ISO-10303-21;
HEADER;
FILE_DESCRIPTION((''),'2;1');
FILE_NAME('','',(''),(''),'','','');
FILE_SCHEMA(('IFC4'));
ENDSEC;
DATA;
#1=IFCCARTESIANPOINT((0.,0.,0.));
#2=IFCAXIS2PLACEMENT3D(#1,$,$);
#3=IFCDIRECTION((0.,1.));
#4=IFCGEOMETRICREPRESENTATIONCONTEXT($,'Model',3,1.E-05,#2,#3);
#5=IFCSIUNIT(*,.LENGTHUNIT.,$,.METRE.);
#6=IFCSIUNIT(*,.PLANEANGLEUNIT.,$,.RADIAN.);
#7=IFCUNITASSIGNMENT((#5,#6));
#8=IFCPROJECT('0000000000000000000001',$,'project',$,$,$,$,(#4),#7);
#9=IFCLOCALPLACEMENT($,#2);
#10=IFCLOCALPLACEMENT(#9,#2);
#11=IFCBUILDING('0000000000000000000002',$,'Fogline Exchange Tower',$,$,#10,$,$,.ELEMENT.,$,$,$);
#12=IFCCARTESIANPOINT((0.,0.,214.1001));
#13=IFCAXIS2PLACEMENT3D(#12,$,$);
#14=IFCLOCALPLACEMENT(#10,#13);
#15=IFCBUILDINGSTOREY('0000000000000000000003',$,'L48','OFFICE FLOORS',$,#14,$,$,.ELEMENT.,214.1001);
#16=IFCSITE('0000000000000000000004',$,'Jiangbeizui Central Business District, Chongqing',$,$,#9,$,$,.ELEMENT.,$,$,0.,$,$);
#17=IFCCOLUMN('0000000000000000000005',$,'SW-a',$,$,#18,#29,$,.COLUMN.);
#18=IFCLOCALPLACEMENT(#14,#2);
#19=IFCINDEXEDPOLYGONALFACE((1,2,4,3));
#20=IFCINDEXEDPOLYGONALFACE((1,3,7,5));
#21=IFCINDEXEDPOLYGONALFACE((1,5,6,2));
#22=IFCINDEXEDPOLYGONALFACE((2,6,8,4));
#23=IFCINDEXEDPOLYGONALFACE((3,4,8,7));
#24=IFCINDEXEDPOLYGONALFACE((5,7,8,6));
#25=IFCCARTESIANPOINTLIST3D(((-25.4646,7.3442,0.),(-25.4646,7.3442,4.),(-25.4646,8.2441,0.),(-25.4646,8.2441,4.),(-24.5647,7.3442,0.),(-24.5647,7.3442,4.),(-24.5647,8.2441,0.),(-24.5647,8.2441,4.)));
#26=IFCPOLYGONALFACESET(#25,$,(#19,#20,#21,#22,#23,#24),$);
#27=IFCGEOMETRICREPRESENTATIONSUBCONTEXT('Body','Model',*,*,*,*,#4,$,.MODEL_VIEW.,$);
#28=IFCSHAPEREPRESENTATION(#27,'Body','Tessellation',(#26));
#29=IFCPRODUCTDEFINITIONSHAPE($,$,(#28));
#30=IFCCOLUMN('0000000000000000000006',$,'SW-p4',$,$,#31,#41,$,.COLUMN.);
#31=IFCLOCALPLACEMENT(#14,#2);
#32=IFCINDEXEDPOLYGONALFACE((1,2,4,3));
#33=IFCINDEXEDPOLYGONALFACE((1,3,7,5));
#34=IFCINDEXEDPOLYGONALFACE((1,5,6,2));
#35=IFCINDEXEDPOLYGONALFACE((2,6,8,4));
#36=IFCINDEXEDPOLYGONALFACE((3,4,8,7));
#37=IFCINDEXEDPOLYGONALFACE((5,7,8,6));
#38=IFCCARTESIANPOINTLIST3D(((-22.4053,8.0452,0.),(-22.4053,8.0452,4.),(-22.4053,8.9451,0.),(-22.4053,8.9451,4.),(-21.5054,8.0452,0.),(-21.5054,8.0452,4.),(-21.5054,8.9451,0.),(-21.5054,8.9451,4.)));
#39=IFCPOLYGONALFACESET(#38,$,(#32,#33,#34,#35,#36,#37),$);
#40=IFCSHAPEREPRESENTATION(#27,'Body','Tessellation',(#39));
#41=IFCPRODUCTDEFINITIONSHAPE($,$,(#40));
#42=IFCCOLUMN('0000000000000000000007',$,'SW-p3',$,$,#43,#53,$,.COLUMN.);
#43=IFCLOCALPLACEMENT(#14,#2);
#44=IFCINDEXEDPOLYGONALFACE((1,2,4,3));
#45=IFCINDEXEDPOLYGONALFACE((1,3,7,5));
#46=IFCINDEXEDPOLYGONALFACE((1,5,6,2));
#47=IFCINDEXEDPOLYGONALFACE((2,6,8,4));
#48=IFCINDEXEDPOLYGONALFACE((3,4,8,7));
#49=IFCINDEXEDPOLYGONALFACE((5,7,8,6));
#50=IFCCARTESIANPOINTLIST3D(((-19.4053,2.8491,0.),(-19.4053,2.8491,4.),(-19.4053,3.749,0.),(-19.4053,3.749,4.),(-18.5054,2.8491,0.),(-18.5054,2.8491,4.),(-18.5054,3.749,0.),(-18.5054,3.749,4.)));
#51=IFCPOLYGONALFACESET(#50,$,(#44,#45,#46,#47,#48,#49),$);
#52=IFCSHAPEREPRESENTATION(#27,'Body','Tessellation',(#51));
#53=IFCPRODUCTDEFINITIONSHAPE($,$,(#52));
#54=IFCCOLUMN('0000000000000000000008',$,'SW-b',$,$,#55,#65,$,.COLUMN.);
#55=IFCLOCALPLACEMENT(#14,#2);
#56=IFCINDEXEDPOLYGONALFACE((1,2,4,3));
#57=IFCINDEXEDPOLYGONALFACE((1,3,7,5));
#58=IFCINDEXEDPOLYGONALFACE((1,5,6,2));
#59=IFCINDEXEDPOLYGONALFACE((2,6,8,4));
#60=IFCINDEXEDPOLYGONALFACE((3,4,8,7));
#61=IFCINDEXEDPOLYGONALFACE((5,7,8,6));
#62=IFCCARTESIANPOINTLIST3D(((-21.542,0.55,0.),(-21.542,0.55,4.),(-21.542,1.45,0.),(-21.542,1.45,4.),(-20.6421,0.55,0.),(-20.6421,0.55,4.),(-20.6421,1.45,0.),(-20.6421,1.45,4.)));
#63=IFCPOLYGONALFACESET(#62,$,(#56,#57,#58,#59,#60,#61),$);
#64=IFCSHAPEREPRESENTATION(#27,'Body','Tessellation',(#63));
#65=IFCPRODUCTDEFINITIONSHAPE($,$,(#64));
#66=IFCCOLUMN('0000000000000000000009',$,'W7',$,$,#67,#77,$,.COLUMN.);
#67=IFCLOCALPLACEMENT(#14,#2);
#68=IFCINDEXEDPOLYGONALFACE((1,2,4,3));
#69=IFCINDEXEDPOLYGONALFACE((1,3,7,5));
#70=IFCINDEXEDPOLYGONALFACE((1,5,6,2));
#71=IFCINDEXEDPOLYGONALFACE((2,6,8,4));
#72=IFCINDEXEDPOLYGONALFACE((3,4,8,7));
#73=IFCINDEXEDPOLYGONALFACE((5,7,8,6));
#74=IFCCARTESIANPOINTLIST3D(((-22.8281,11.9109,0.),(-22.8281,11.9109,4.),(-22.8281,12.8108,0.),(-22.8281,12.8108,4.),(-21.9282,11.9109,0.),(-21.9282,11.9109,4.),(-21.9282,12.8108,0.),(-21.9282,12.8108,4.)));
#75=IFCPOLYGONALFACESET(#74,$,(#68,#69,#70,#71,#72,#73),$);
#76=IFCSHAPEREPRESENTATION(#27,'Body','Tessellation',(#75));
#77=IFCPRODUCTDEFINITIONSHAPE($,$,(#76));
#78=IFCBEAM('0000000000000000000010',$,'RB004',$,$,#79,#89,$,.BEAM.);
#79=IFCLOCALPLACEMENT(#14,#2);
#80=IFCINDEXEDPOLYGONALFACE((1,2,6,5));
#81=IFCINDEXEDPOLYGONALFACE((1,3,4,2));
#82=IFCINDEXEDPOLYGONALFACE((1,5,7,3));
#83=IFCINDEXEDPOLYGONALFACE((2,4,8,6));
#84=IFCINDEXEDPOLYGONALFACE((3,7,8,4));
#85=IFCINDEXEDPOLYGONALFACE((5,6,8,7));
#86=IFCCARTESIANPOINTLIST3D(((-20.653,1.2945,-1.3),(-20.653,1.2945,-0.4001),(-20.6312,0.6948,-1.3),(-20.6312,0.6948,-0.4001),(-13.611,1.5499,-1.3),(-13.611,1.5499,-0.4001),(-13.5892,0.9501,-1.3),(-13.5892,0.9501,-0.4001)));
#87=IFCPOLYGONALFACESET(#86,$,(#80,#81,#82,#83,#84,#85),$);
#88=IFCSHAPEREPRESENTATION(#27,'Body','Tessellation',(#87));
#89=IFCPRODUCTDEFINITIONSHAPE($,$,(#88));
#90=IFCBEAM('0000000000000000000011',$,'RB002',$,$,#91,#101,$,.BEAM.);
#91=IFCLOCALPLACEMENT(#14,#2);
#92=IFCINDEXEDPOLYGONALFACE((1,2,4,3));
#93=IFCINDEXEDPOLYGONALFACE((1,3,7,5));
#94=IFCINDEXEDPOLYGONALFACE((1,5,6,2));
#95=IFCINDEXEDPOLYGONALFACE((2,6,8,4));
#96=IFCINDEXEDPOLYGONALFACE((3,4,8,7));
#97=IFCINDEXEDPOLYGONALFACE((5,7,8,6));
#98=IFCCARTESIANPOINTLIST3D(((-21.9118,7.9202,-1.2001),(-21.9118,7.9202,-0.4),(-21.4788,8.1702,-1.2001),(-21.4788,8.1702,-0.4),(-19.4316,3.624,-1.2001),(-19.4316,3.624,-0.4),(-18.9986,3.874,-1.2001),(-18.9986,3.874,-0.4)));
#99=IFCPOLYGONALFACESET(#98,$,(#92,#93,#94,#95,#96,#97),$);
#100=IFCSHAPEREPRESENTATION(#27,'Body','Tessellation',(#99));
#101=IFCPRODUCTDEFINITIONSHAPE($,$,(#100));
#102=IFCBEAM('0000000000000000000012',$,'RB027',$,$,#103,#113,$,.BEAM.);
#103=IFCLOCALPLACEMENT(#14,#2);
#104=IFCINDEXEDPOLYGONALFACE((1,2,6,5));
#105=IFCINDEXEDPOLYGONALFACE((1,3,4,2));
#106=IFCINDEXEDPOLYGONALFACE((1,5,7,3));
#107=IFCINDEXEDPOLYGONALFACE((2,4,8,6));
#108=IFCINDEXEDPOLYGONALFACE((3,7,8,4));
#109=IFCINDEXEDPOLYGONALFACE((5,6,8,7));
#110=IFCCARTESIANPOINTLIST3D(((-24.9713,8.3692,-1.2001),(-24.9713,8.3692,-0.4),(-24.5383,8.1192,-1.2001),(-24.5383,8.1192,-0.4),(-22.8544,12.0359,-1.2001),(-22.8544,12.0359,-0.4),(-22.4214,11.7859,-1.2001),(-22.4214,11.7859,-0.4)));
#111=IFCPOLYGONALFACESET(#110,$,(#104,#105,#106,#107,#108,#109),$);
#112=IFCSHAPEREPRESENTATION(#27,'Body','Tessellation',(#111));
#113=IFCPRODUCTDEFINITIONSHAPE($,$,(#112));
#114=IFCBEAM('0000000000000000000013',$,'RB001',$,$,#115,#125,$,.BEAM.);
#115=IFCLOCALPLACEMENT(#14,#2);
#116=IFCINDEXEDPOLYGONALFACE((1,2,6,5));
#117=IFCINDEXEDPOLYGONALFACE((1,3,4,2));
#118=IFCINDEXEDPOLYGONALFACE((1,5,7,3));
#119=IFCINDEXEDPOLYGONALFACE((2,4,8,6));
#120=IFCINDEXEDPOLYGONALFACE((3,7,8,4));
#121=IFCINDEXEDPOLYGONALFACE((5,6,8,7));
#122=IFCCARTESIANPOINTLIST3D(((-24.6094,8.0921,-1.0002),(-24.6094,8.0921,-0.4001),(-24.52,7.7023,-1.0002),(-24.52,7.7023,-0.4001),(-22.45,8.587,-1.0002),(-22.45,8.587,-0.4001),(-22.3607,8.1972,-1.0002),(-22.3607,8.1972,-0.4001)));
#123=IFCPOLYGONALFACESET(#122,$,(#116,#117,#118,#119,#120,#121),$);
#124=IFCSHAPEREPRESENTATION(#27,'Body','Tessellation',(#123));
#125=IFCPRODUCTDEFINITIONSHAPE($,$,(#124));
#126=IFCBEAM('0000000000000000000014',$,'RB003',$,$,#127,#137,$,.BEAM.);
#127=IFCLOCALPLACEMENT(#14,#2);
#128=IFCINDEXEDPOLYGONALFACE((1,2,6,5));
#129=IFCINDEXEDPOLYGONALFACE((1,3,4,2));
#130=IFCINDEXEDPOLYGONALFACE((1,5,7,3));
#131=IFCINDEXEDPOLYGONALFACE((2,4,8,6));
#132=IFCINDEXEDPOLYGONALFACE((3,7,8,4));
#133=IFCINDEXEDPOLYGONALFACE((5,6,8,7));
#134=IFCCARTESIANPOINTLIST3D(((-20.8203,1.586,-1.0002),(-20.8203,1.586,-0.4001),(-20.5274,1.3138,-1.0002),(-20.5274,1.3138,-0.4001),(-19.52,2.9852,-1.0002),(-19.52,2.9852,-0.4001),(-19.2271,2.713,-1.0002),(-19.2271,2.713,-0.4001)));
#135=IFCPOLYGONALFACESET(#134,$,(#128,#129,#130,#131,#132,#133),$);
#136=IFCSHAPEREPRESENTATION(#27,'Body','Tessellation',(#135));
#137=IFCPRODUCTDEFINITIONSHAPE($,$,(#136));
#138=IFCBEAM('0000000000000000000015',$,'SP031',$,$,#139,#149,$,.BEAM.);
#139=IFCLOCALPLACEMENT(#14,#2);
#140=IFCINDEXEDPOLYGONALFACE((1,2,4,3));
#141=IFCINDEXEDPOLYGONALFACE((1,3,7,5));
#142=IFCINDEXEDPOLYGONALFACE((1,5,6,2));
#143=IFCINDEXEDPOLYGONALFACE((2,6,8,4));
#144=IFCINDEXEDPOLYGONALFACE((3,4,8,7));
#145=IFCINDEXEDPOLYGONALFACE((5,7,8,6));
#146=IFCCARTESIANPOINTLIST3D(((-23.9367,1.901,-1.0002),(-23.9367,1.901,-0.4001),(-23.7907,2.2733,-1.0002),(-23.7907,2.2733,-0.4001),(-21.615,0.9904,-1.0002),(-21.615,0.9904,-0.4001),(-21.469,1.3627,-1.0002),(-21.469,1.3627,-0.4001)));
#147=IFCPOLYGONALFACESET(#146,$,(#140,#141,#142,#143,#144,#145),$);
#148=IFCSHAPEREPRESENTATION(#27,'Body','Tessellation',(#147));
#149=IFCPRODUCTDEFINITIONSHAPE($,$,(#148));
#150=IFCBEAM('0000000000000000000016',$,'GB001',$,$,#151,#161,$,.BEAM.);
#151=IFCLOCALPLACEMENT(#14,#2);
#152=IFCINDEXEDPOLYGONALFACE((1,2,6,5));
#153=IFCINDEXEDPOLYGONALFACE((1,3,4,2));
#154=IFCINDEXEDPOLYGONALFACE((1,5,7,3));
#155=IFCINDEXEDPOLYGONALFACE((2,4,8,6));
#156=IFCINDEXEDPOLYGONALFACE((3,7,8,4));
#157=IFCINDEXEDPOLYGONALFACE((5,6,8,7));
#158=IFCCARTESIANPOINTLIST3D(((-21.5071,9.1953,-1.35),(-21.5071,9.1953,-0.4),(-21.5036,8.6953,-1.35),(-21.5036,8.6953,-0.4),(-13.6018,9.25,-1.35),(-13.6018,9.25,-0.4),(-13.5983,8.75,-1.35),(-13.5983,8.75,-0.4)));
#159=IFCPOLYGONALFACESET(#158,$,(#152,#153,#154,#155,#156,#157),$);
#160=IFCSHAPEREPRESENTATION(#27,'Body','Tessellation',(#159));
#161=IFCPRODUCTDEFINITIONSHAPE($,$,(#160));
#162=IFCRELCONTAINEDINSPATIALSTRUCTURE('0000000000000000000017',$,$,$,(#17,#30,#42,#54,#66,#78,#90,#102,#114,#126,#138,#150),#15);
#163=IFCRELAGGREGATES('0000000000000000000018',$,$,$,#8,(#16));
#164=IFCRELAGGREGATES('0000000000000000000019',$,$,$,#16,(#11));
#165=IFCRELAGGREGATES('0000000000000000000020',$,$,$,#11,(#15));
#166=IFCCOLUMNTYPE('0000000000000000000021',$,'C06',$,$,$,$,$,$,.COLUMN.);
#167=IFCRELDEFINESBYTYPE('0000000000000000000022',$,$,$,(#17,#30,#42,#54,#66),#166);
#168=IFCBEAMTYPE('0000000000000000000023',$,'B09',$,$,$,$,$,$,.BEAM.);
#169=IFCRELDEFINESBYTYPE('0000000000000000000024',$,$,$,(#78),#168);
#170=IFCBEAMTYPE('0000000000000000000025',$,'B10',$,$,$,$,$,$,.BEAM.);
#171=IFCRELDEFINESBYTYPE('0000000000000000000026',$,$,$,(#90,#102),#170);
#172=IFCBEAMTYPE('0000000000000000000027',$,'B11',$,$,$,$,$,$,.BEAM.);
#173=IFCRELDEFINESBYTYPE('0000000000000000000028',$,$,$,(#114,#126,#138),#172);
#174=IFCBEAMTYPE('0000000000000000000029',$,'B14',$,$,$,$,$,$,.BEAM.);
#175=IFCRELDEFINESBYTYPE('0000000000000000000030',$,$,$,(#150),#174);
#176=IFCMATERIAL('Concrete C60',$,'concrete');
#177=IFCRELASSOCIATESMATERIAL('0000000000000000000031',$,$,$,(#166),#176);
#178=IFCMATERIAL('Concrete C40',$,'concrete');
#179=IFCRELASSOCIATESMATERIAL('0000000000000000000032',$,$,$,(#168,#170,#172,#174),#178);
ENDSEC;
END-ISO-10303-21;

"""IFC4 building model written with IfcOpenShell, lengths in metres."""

from ifc_helpers import new_model, si_unit, direction, frame, origin, origin_2d, place, context, subcontext, project, spatial, rectangle, extrude, material, material_profile, profile_set, type_object, element, save


model = new_model("IFC4")

# Units and contexts
model_context = context("Model", 3, precision=1e-05, world=origin(), true_north=direction((0.0, 1.0)))
body_context = subcontext(model_context, "Body", "Model", "MODEL_VIEW")
ifc_project = project(units=[si_unit("LENGTHUNIT", "METRE"), si_unit("PLANEANGLEUNIT", "RADIAN")], contexts=[model_context])

# Site, building, storey
site_placement = place(None, origin())
site = spatial("IfcSite", under=ifc_project, at=site_placement, Name="Jiangbeizui Central Business District, Chongqing", CompositionType="ELEMENT", RefElevation=0.0)
building_placement = place(site_placement, origin())
building = spatial("IfcBuilding", under=site, at=building_placement, Name="Fogline Exchange Tower", CompositionType="ELEMENT")
storey_placement = place(building_placement, frame((0.0, 0.0, 214.1001)))
storey = spatial("IfcBuildingStorey", under=building, at=storey_placement, Name="L48", Description="OFFICE FLOORS", CompositionType="ELEMENT", Elevation=214.1001)

# Columns
ifc_material_1 = material(Name="Concrete C60", Category="concrete")
ifc_material_profile_1 = material_profile(ifc_material_1, rectangle(XDim=0.8999, YDim=0.8999, at=origin_2d()), Name="RC 900x900")
ifc_profile_set_1 = profile_set([ifc_material_profile_1], Name="Concrete C60")
column_type = type_object("IfcColumnType", Name="C06", PredefinedType="COLUMN", material=ifc_profile_set_1)
for number, where, z_axis, x_axis, name in (
    (1, (-25.0146, 7.7942, 0.0), (0.0, 0.0, 1.0), (1.0, 0.0, 0.0), "SW-a"),
    (2, (-21.9553, 8.4951, 0.0), (0.0, 0.0, 1.0), (1.0, 0.0, 0.0), "SW-p4"),
    (3, (-18.9553, 3.2991, 0.0), (0.0, 0.0, 1.0), (1.0, 0.0, 0.0), "SW-p3"),
    (4, (-21.092, 1.0, 0.0), (0.0, 0.0, 1.0), (1.0, 0.0, 0.0), "SW-b"),
    (5, (-22.3782, 12.3608, 0.0), (0.0, 0.0, 1.0), (1.0, 0.0, 0.0), "W7"),
):
    element("IfcColumn", number, at=place(storey_placement, frame(where, z_axis=z_axis, x_axis=x_axis)), inside=storey, type_object=column_type, Name=name, PredefinedType="COLUMN", context=body_context, shape_type="SweptSolid", body=[
        extrude(rectangle(XDim=0.8999, YDim=0.8999, at=origin_2d()), origin(), (0.0, 0.0, 1.0), 4.0),
    ])

# Beams
ifc_material_2 = material(Name="Concrete C40", Category="concrete")
ifc_material_profile_2 = material_profile(ifc_material_2, rectangle(XDim=0.6001, YDim=0.8999, at=origin_2d()), Name="RC 600x900")
ifc_profile_set_2 = profile_set([ifc_material_profile_2], Name="Concrete C40")
beam_type_1 = type_object("IfcBeamType", Name="B09", PredefinedType="BEAM", material=ifc_profile_set_2)
beam_1_placement = place(storey_placement, frame((-20.6421, 0.9946, -0.8501), z_axis=(0.999343, 0.03624, 0.0), x_axis=(-0.03624, 0.999343, 0.0)))
element("IfcBeam", 6, at=beam_1_placement, inside=storey, type_object=beam_type_1, Name="RB004", PredefinedType="BEAM", context=body_context, shape_type="SweptSolid", body=[
    extrude(rectangle(XDim=0.6001, YDim=0.8999, at=origin_2d()), origin(), (0.0, 0.0, 1.0), 7.0466),
])
ifc_material_profile_3 = material_profile(ifc_material_2, rectangle(XDim=0.5, YDim=0.8, at=origin_2d()), Name="RC 500x800")
ifc_profile_set_3 = profile_set([ifc_material_profile_3], Name="Concrete C40")
beam_type_2 = type_object("IfcBeamType", Name="B10", PredefinedType="BEAM", material=ifc_profile_set_3)
beam_2_placement = place(storey_placement, frame((-21.6953, 8.0452, -0.8), z_axis=(0.499977, -0.866039, 0.0), x_axis=(0.866039, 0.499977, 0.0)))
element("IfcBeam", 7, at=beam_2_placement, inside=storey, type_object=beam_type_2, Name="RB002", PredefinedType="BEAM", context=body_context, shape_type="SweptSolid", body=[
    extrude(rectangle(XDim=0.5, YDim=0.8, at=origin_2d()), origin(), (0.0, 0.0, 1.0), 4.9607),
])
beam_3_placement = place(storey_placement, frame((-22.6379, 11.9109, -0.8), z_axis=(-0.49999, -0.866031, 0.0), x_axis=(0.866031, -0.49999, 0.0)))
element("IfcBeam", 8, at=beam_3_placement, inside=storey, type_object=beam_type_2, Name="RB027", PredefinedType="BEAM", context=body_context, shape_type="SweptSolid", body=[
    extrude(rectangle(XDim=0.5, YDim=0.8, at=origin_2d()), origin(), (0.0, 0.0, 1.0), 4.2339),
])
ifc_material_profile_4 = material_profile(ifc_material_2, rectangle(XDim=0.3999, YDim=0.6001, at=origin_2d()), Name="RC 400x600")
ifc_profile_set_4 = profile_set([ifc_material_profile_4], Name="Concrete C40")
beam_type_3 = type_object("IfcBeamType", Name="B11", PredefinedType="BEAM", material=ifc_profile_set_4)
beam_4_placement = place(storey_placement, frame((-24.5647, 7.8972, -0.7002), z_axis=(0.974732, 0.223378, 0.0), x_axis=(-0.223378, 0.974732, 0.0)))
element("IfcBeam", 9, at=beam_4_placement, inside=storey, type_object=beam_type_3, Name="RB001", PredefinedType="BEAM", context=body_context, shape_type="SweptSolid", body=[
    extrude(rectangle(XDim=0.3999, YDim=0.6001, at=origin_2d()), origin(), (0.0, 0.0, 1.0), 2.2153),
])
beam_5_placement = place(storey_placement, frame((-19.3735, 2.8491, -0.7002), z_axis=(-0.68075, -0.732516, 0.0), x_axis=(0.732516, -0.68075, 0.0)))
element("IfcBeam", 10, at=beam_5_placement, inside=storey, type_object=beam_type_3, Name="RB003", PredefinedType="BEAM", context=body_context, shape_type="SweptSolid", body=[
    extrude(rectangle(XDim=0.3999, YDim=0.6001, at=origin_2d()), origin(), (0.0, 0.0, 1.0), 1.9102),
])
beam_6_placement = place(storey_placement, frame((-21.542, 1.1765, -0.7002), z_axis=(-0.930954, 0.365137, 0.0), x_axis=(-0.365137, -0.930954, 0.0)))
element("IfcBeam", 11, at=beam_6_placement, inside=storey, type_object=beam_type_3, Name="SP031", PredefinedType="BEAM", context=body_context, shape_type="SweptSolid", body=[
    extrude(rectangle(XDim=0.3999, YDim=0.6001, at=origin_2d()), origin(), (0.0, 0.0, 1.0), 2.4939),
])
ifc_material_profile_5 = material_profile(ifc_material_2, rectangle(XDim=0.5, YDim=0.95, at=origin_2d()), Name="RC 500x950")
ifc_profile_set_5 = profile_set([ifc_material_profile_5], Name="Concrete C40")
beam_type_4 = type_object("IfcBeamType", Name="B14", PredefinedType="BEAM", material=ifc_profile_set_5)
beam_7_placement = place(storey_placement, frame((-21.5054, 8.9453, -0.875), z_axis=(0.999976, 0.006918, 0.0), x_axis=(-0.006918, 0.999976, 0.0)))
element("IfcBeam", 12, at=beam_7_placement, inside=storey, type_object=beam_type_4, Name="GB001", PredefinedType="BEAM", context=body_context, shape_type="SweptSolid", body=[
    extrude(rectangle(XDim=0.5, YDim=0.95, at=origin_2d()), origin(), (0.0, 0.0, 1.0), 7.9055),
])

save(model, "model.ifc")
